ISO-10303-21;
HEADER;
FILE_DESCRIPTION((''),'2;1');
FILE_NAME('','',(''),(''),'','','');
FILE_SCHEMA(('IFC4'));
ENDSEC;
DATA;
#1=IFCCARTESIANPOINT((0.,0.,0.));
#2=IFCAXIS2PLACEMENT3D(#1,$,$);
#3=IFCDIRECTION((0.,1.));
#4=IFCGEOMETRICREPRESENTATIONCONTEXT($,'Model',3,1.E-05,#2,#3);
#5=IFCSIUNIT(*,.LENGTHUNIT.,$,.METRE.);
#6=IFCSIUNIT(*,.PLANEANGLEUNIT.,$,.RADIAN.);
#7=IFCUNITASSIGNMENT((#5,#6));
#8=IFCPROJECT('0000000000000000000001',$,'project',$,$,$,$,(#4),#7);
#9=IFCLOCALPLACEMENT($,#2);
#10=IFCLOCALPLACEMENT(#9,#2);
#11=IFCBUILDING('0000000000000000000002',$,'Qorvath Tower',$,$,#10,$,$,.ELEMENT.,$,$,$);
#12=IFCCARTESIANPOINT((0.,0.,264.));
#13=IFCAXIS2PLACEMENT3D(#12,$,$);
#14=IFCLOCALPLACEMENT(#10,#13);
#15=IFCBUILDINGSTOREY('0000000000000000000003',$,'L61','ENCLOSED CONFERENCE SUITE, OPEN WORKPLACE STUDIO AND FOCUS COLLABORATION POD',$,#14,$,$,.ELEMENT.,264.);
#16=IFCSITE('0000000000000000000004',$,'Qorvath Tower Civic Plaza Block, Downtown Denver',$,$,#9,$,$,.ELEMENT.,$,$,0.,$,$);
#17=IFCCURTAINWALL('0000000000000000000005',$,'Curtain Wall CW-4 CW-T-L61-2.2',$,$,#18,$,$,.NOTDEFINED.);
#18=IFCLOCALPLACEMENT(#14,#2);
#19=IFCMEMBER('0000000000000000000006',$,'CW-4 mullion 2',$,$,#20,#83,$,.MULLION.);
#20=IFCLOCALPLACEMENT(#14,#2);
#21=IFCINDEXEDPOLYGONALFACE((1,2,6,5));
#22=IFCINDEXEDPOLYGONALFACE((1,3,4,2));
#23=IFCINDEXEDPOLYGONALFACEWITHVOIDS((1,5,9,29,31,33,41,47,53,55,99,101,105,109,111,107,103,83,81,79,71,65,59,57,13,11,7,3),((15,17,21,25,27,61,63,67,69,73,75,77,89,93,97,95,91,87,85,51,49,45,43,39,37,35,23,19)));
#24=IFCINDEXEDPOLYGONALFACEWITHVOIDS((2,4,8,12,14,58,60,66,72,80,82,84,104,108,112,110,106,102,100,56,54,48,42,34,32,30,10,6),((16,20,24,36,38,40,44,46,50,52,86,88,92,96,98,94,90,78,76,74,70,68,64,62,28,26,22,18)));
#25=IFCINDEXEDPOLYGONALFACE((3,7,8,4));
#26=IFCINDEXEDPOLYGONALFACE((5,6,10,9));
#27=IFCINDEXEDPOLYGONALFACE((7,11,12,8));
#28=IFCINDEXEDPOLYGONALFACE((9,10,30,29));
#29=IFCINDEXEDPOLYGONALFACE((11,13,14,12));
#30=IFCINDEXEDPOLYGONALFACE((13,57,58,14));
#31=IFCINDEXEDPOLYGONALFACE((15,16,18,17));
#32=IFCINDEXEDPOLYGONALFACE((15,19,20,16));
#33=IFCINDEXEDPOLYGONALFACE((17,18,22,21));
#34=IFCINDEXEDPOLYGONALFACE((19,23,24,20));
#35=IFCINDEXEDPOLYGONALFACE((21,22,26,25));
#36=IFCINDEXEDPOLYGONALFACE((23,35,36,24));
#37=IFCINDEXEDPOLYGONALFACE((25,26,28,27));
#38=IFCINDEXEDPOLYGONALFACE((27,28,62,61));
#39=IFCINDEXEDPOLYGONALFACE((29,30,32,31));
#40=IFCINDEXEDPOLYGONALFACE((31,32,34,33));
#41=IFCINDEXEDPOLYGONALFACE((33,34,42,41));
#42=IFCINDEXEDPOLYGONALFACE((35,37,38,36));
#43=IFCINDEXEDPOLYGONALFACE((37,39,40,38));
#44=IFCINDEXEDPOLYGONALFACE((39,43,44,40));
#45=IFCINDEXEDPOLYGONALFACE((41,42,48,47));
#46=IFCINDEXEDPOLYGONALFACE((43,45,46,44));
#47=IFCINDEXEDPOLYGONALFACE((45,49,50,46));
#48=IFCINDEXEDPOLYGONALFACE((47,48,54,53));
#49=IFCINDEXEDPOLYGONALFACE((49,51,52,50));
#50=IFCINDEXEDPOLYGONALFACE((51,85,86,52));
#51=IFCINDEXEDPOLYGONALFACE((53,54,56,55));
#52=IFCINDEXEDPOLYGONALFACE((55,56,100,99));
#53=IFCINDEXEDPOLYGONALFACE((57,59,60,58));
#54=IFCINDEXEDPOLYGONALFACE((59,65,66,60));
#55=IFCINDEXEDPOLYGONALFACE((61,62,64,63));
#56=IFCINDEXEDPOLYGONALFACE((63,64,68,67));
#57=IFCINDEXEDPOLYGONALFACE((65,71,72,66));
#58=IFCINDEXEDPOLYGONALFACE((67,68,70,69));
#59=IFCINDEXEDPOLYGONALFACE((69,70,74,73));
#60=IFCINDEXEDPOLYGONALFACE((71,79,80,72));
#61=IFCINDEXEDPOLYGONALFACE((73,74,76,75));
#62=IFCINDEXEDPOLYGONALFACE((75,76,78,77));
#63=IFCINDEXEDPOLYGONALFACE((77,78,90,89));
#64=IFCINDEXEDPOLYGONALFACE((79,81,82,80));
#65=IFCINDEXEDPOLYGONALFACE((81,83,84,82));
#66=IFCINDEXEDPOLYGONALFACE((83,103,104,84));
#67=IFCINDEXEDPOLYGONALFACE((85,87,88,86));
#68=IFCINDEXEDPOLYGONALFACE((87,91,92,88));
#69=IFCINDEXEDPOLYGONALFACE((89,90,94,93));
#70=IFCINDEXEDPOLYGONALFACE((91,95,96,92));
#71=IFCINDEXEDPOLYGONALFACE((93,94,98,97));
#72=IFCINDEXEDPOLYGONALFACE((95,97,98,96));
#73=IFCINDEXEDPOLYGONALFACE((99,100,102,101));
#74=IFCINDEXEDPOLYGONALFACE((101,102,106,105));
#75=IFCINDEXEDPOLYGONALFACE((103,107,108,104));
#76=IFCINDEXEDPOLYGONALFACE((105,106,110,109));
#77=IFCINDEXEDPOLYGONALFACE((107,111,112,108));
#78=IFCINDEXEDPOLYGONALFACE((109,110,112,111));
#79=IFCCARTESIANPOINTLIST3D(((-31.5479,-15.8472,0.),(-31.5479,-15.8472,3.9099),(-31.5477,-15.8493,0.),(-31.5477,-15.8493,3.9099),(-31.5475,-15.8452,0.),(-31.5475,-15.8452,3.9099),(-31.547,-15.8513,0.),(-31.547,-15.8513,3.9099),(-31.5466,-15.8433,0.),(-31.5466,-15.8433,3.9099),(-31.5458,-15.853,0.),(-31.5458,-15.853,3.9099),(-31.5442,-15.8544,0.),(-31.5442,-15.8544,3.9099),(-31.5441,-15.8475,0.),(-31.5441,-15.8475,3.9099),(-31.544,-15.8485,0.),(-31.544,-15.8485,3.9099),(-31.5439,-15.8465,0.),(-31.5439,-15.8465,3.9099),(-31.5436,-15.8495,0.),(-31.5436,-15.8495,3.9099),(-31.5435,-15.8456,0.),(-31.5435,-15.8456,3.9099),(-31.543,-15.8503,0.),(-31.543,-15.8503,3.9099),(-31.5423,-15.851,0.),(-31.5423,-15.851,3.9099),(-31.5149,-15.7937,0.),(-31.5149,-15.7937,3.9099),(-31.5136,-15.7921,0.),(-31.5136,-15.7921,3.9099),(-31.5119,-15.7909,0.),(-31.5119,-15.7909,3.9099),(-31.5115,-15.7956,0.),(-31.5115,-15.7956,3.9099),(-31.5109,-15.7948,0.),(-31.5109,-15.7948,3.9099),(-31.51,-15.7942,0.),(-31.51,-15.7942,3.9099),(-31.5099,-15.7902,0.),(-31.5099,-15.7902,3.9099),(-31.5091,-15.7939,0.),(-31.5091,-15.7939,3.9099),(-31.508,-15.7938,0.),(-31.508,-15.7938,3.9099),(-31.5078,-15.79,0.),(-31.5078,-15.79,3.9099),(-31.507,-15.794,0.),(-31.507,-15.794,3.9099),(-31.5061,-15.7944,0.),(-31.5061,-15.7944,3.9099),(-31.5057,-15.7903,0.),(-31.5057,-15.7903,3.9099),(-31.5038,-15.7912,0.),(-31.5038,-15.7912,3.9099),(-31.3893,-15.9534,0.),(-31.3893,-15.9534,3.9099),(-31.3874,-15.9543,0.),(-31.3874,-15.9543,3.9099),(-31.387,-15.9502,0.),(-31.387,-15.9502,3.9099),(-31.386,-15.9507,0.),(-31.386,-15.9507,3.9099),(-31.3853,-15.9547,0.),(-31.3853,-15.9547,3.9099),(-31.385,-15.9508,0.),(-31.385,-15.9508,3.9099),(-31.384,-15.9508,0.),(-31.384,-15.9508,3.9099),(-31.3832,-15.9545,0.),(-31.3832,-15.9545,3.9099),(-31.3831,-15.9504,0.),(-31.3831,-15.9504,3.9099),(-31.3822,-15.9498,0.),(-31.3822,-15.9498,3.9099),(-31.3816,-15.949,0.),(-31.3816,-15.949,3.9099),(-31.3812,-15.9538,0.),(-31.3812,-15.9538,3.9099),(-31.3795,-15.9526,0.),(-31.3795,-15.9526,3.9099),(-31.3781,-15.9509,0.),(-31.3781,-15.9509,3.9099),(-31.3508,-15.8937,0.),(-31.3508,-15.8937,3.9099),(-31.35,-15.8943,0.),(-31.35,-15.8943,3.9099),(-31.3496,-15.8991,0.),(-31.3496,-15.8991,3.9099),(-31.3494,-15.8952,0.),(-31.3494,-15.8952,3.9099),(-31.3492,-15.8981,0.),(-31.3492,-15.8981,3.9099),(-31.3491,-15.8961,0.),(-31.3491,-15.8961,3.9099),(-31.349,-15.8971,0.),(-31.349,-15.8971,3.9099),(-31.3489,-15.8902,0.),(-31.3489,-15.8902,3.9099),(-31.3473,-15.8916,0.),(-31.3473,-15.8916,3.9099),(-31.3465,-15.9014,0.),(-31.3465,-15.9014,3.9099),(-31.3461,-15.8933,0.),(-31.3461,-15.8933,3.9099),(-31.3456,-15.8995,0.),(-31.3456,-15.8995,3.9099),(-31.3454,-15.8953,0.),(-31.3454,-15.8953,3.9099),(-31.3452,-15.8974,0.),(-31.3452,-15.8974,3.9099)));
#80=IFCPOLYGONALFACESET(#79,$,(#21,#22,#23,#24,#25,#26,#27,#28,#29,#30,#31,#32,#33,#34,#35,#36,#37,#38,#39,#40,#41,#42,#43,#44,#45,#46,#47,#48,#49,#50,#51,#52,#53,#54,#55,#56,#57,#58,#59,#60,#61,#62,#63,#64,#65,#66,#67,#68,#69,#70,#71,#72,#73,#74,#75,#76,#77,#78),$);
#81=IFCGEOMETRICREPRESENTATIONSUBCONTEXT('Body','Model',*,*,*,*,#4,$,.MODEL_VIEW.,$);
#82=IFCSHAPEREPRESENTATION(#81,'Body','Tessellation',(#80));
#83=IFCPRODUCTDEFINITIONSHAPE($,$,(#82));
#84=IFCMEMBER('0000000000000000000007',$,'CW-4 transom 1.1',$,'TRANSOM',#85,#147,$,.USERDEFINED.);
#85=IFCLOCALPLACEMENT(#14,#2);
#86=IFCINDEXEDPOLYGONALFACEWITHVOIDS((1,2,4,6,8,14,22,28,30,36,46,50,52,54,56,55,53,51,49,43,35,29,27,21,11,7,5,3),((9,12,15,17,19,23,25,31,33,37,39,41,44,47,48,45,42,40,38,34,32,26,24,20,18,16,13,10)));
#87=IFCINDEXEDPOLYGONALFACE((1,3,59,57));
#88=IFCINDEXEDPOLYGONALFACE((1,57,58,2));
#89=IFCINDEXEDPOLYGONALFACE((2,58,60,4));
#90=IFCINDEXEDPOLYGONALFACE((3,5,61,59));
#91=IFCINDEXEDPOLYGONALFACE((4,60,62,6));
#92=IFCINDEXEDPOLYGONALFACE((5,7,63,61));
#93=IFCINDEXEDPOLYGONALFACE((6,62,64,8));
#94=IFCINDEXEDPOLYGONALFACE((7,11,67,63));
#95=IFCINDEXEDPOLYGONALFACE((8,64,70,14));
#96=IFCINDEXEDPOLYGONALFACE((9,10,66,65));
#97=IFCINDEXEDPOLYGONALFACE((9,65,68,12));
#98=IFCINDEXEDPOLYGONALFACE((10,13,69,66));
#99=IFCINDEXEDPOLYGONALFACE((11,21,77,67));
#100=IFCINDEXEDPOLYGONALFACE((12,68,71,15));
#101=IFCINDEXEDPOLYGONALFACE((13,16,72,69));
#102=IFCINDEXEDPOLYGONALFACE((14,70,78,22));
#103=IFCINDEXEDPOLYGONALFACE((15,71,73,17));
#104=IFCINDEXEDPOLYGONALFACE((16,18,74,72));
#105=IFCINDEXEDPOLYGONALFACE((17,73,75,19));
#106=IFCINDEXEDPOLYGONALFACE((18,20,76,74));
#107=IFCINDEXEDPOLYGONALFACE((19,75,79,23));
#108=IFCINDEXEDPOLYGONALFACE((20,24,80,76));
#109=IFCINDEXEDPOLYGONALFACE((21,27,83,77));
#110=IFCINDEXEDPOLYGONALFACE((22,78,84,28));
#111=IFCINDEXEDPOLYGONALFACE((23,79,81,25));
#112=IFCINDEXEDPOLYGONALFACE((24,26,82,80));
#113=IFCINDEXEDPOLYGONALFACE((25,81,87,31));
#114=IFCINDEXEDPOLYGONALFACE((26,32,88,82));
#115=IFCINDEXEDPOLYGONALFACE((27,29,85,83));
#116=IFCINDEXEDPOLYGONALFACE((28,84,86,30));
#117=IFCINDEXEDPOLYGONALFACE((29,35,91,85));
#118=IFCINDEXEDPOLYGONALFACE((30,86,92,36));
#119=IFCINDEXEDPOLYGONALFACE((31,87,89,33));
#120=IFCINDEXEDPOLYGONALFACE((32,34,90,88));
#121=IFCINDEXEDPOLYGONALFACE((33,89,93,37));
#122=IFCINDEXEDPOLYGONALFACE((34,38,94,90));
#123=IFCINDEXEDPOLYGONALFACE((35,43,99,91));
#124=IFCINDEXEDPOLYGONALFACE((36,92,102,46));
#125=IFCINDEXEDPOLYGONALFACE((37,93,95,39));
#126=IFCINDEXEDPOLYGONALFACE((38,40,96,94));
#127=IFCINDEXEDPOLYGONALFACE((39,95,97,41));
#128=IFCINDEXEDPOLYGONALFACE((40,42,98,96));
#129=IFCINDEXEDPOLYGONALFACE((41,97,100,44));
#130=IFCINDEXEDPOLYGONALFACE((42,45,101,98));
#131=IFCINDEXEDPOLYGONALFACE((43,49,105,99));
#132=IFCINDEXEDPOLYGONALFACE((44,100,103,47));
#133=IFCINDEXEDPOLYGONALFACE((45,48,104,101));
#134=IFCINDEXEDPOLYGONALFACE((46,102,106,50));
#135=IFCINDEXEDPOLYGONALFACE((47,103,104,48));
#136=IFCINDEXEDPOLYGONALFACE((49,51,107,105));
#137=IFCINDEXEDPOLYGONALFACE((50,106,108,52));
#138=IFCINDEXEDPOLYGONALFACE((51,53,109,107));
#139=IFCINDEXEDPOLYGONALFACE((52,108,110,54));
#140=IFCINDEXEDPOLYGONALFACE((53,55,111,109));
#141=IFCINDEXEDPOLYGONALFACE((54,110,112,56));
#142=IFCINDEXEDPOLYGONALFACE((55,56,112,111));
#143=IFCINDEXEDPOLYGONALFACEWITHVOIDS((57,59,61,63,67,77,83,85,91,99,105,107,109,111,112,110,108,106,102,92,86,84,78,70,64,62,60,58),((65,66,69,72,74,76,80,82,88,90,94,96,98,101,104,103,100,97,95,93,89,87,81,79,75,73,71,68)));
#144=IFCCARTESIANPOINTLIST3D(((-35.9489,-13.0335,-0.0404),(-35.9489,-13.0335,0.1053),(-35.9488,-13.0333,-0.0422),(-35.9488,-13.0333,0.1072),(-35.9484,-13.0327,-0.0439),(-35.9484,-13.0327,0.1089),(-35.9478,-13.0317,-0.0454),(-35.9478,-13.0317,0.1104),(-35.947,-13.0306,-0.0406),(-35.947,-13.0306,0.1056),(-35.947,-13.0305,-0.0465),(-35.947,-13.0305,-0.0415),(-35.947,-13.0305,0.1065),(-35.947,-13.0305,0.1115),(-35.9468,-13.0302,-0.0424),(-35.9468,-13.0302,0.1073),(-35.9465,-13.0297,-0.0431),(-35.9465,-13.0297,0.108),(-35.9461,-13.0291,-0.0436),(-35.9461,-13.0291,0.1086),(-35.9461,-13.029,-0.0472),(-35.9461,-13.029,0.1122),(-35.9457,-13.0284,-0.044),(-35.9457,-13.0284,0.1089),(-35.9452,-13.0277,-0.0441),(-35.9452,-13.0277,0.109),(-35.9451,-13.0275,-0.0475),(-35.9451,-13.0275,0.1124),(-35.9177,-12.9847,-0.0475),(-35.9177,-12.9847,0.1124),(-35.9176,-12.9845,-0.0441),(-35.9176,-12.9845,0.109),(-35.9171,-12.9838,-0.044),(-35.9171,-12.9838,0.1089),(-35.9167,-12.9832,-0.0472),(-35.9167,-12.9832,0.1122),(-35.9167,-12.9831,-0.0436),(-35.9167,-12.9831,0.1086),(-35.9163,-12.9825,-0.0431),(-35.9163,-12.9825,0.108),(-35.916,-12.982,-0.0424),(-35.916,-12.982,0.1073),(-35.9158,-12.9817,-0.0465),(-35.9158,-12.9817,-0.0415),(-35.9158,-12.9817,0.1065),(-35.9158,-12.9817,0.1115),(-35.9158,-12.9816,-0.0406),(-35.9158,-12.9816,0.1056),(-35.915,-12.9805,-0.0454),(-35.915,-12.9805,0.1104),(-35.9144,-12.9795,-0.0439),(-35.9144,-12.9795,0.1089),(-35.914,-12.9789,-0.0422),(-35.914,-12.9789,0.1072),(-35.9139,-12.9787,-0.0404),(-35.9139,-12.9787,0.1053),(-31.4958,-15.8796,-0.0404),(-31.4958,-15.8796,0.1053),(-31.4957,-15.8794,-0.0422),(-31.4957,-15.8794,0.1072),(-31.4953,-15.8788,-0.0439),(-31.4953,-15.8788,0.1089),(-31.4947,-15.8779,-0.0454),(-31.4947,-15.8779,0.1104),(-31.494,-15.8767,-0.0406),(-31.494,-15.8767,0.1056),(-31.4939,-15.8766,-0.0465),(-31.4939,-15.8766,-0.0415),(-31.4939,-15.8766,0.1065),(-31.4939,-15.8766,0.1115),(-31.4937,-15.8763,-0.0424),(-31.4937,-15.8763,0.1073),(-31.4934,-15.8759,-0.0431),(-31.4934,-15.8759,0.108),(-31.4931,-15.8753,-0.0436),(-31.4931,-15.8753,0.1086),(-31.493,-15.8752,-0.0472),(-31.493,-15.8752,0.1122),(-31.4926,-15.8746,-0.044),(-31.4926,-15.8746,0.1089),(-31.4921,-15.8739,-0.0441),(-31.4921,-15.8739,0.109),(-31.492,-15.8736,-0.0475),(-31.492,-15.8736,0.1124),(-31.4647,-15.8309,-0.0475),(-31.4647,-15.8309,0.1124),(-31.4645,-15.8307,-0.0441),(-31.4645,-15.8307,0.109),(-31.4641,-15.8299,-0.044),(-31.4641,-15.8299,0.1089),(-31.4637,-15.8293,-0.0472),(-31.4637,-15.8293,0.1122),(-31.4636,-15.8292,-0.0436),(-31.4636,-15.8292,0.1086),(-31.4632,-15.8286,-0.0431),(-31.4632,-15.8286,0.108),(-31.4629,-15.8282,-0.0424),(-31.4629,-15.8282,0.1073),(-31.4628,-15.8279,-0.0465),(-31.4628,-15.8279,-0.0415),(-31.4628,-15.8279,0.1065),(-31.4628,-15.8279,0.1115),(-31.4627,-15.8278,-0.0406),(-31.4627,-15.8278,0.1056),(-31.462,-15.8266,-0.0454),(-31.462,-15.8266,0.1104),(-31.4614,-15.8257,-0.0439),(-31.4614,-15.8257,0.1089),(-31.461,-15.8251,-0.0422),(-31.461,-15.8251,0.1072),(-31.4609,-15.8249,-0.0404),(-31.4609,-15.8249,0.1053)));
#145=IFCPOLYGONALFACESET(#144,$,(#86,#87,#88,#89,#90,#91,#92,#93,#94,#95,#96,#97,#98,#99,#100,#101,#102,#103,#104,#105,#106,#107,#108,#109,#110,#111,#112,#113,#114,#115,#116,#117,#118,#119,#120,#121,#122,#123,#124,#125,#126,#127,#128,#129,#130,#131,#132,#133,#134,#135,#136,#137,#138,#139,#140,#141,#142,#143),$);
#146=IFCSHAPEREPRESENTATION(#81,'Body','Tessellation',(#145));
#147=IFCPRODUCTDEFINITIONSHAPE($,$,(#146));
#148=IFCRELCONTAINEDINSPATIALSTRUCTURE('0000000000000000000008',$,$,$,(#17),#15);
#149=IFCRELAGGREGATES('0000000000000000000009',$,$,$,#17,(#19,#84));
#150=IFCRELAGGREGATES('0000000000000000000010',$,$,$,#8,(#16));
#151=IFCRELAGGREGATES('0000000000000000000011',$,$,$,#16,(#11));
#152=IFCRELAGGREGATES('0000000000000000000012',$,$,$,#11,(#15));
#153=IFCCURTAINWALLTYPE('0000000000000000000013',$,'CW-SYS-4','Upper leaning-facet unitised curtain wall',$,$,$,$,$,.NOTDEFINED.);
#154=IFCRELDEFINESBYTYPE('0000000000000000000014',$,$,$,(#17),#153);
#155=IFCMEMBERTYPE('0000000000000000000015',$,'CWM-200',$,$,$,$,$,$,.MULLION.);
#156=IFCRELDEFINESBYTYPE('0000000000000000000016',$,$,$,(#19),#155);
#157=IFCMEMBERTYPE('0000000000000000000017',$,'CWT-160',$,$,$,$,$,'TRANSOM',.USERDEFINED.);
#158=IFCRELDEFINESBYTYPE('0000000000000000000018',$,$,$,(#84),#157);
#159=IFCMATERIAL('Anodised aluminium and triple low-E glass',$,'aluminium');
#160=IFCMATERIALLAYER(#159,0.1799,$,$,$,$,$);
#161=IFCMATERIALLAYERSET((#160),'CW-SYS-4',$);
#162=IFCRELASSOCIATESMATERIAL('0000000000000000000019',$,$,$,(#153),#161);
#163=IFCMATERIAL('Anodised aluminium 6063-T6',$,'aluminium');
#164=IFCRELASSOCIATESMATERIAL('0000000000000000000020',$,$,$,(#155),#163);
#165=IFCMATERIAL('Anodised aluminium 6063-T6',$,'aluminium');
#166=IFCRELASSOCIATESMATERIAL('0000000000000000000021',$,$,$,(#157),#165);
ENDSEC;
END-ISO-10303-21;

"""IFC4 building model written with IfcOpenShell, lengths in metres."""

from ifc_helpers import new_model, si_unit, direction, frame, origin, origin_2d, place, context, subcontext, project, spatial, hollow_rectangle, extrude, material, layer, layer_set, material_profile, profile_set, type_object, element, aggregate, save


model = new_model("IFC4")

# Units and contexts
model_context = context("Model", 3, precision=1e-05, world=origin(), true_north=direction((0.0, 1.0)))
body_context = subcontext(model_context, "Body", "Model", "MODEL_VIEW")
ifc_project = project(units=[si_unit("LENGTHUNIT", "METRE"), si_unit("PLANEANGLEUNIT", "RADIAN")], contexts=[model_context])

# Site, building, storey
site_placement = place(None, origin())
site = spatial("IfcSite", under=ifc_project, at=site_placement, Name="Qorvath Tower Civic Plaza Block, Downtown Denver", CompositionType="ELEMENT", RefElevation=0.0)
building_placement = place(site_placement, origin())
building = spatial("IfcBuilding", under=site, at=building_placement, Name="Qorvath Tower", CompositionType="ELEMENT")
storey_placement = place(building_placement, frame((0.0, 0.0, 264.0)))
storey = spatial("IfcBuildingStorey", under=building, at=storey_placement, Name="L61", Description="ENCLOSED CONFERENCE SUITE, OPEN WORKPLACE STUDIO AND FOCUS COLLABORATION POD", CompositionType="ELEMENT", Elevation=264.0)

# Shared definitions
ifc_material_1 = material(Name="Anodised aluminium and triple low-E glass", Category="aluminium")
ifc_layer_1 = layer(ifc_material_1, 0.1799)
ifc_layer_set_1 = layer_set([ifc_layer_1], Name="CW-SYS-4")
curtain_wall_type = type_object("IfcCurtainWallType", Name="CW-SYS-4", Description="Upper leaning-facet unitised curtain wall", PredefinedType="NOTDEFINED", material=ifc_layer_set_1)
ifc_material_2 = material(Name="Anodised aluminium 6063-T6", Category="aluminium")
ifc_material_profile_1 = material_profile(ifc_material_2, hollow_rectangle(XDim=0.075, YDim=0.2, WallThickness=0.0039, InnerFilletRadius=0.0039, OuterFilletRadius=0.0081, at=origin_2d()), Name="CWM 200x75")
ifc_profile_set_1 = profile_set([ifc_material_profile_1], Name="Anodised aluminium 6063-T6")
member_type_1 = type_object("IfcMemberType", Name="CWM-200", PredefinedType="MULLION", material=ifc_profile_set_1)

# Curtain wall, members
curtain_wall_1_placement = place(storey_placement, origin())
curtain_wall_1 = element("IfcCurtainWall", 1, at=curtain_wall_1_placement, inside=storey, type_object=curtain_wall_type, Name="Curtain Wall CW-4 CW-T-L61-2.2", PredefinedType="NOTDEFINED")
member_1_placement = place(storey_placement, frame((-31.4465, -15.8723, 0.0), z_axis=(0.0, 0.0, 1.0), x_axis=(0.538536, 0.842602, 0.0)))
member_1 = element("IfcMember", 2, at=member_1_placement, type_object=member_type_1, Name="CW-4 mullion 2", PredefinedType="MULLION", context=body_context, shape_type="SweptSolid", body=[
    extrude(hollow_rectangle(XDim=0.075, YDim=0.2, WallThickness=0.0039, InnerFilletRadius=0.0039, OuterFilletRadius=0.0081, at=origin_2d()), origin(), (0.0, 0.0, 1.0), 3.9099),
])
ifc_material_3 = material(Name="Anodised aluminium 6063-T6", Category="aluminium")
ifc_material_profile_2 = material_profile(ifc_material_3, hollow_rectangle(XDim=0.0649, YDim=0.1599, WallThickness=0.0034, InnerFilletRadius=0.0034, OuterFilletRadius=0.0071, at=origin_2d()), Name="CWT 160x65")
ifc_profile_set_2 = profile_set([ifc_material_profile_2], Name="Anodised aluminium 6063-T6")
member_type_2 = type_object("IfcMemberType", Name="CWT-160", ElementType="TRANSOM", PredefinedType="USERDEFINED", material=ifc_profile_set_2)
member_2_placement = place(storey_placement, frame((-35.9314, -13.0061, 0.0325), z_axis=(0.842598, -0.538542, 0.0), x_axis=(0.538542, 0.842598, 0.0)))
member_2 = element("IfcMember", 3, at=member_2_placement, type_object=member_type_2, Name="CW-4 transom 1.1", ObjectType="TRANSOM", PredefinedType="USERDEFINED", context=body_context, shape_type="SweptSolid", body=[
    extrude(hollow_rectangle(XDim=0.0649, YDim=0.1599, WallThickness=0.0034, InnerFilletRadius=0.0034, OuterFilletRadius=0.0071, at=origin_2d()), origin(), (0.0, 0.0, 1.0), 5.2849),
])
aggregate(curtain_wall_1, [member_1, member_2])

save(model, "model.ifc")
